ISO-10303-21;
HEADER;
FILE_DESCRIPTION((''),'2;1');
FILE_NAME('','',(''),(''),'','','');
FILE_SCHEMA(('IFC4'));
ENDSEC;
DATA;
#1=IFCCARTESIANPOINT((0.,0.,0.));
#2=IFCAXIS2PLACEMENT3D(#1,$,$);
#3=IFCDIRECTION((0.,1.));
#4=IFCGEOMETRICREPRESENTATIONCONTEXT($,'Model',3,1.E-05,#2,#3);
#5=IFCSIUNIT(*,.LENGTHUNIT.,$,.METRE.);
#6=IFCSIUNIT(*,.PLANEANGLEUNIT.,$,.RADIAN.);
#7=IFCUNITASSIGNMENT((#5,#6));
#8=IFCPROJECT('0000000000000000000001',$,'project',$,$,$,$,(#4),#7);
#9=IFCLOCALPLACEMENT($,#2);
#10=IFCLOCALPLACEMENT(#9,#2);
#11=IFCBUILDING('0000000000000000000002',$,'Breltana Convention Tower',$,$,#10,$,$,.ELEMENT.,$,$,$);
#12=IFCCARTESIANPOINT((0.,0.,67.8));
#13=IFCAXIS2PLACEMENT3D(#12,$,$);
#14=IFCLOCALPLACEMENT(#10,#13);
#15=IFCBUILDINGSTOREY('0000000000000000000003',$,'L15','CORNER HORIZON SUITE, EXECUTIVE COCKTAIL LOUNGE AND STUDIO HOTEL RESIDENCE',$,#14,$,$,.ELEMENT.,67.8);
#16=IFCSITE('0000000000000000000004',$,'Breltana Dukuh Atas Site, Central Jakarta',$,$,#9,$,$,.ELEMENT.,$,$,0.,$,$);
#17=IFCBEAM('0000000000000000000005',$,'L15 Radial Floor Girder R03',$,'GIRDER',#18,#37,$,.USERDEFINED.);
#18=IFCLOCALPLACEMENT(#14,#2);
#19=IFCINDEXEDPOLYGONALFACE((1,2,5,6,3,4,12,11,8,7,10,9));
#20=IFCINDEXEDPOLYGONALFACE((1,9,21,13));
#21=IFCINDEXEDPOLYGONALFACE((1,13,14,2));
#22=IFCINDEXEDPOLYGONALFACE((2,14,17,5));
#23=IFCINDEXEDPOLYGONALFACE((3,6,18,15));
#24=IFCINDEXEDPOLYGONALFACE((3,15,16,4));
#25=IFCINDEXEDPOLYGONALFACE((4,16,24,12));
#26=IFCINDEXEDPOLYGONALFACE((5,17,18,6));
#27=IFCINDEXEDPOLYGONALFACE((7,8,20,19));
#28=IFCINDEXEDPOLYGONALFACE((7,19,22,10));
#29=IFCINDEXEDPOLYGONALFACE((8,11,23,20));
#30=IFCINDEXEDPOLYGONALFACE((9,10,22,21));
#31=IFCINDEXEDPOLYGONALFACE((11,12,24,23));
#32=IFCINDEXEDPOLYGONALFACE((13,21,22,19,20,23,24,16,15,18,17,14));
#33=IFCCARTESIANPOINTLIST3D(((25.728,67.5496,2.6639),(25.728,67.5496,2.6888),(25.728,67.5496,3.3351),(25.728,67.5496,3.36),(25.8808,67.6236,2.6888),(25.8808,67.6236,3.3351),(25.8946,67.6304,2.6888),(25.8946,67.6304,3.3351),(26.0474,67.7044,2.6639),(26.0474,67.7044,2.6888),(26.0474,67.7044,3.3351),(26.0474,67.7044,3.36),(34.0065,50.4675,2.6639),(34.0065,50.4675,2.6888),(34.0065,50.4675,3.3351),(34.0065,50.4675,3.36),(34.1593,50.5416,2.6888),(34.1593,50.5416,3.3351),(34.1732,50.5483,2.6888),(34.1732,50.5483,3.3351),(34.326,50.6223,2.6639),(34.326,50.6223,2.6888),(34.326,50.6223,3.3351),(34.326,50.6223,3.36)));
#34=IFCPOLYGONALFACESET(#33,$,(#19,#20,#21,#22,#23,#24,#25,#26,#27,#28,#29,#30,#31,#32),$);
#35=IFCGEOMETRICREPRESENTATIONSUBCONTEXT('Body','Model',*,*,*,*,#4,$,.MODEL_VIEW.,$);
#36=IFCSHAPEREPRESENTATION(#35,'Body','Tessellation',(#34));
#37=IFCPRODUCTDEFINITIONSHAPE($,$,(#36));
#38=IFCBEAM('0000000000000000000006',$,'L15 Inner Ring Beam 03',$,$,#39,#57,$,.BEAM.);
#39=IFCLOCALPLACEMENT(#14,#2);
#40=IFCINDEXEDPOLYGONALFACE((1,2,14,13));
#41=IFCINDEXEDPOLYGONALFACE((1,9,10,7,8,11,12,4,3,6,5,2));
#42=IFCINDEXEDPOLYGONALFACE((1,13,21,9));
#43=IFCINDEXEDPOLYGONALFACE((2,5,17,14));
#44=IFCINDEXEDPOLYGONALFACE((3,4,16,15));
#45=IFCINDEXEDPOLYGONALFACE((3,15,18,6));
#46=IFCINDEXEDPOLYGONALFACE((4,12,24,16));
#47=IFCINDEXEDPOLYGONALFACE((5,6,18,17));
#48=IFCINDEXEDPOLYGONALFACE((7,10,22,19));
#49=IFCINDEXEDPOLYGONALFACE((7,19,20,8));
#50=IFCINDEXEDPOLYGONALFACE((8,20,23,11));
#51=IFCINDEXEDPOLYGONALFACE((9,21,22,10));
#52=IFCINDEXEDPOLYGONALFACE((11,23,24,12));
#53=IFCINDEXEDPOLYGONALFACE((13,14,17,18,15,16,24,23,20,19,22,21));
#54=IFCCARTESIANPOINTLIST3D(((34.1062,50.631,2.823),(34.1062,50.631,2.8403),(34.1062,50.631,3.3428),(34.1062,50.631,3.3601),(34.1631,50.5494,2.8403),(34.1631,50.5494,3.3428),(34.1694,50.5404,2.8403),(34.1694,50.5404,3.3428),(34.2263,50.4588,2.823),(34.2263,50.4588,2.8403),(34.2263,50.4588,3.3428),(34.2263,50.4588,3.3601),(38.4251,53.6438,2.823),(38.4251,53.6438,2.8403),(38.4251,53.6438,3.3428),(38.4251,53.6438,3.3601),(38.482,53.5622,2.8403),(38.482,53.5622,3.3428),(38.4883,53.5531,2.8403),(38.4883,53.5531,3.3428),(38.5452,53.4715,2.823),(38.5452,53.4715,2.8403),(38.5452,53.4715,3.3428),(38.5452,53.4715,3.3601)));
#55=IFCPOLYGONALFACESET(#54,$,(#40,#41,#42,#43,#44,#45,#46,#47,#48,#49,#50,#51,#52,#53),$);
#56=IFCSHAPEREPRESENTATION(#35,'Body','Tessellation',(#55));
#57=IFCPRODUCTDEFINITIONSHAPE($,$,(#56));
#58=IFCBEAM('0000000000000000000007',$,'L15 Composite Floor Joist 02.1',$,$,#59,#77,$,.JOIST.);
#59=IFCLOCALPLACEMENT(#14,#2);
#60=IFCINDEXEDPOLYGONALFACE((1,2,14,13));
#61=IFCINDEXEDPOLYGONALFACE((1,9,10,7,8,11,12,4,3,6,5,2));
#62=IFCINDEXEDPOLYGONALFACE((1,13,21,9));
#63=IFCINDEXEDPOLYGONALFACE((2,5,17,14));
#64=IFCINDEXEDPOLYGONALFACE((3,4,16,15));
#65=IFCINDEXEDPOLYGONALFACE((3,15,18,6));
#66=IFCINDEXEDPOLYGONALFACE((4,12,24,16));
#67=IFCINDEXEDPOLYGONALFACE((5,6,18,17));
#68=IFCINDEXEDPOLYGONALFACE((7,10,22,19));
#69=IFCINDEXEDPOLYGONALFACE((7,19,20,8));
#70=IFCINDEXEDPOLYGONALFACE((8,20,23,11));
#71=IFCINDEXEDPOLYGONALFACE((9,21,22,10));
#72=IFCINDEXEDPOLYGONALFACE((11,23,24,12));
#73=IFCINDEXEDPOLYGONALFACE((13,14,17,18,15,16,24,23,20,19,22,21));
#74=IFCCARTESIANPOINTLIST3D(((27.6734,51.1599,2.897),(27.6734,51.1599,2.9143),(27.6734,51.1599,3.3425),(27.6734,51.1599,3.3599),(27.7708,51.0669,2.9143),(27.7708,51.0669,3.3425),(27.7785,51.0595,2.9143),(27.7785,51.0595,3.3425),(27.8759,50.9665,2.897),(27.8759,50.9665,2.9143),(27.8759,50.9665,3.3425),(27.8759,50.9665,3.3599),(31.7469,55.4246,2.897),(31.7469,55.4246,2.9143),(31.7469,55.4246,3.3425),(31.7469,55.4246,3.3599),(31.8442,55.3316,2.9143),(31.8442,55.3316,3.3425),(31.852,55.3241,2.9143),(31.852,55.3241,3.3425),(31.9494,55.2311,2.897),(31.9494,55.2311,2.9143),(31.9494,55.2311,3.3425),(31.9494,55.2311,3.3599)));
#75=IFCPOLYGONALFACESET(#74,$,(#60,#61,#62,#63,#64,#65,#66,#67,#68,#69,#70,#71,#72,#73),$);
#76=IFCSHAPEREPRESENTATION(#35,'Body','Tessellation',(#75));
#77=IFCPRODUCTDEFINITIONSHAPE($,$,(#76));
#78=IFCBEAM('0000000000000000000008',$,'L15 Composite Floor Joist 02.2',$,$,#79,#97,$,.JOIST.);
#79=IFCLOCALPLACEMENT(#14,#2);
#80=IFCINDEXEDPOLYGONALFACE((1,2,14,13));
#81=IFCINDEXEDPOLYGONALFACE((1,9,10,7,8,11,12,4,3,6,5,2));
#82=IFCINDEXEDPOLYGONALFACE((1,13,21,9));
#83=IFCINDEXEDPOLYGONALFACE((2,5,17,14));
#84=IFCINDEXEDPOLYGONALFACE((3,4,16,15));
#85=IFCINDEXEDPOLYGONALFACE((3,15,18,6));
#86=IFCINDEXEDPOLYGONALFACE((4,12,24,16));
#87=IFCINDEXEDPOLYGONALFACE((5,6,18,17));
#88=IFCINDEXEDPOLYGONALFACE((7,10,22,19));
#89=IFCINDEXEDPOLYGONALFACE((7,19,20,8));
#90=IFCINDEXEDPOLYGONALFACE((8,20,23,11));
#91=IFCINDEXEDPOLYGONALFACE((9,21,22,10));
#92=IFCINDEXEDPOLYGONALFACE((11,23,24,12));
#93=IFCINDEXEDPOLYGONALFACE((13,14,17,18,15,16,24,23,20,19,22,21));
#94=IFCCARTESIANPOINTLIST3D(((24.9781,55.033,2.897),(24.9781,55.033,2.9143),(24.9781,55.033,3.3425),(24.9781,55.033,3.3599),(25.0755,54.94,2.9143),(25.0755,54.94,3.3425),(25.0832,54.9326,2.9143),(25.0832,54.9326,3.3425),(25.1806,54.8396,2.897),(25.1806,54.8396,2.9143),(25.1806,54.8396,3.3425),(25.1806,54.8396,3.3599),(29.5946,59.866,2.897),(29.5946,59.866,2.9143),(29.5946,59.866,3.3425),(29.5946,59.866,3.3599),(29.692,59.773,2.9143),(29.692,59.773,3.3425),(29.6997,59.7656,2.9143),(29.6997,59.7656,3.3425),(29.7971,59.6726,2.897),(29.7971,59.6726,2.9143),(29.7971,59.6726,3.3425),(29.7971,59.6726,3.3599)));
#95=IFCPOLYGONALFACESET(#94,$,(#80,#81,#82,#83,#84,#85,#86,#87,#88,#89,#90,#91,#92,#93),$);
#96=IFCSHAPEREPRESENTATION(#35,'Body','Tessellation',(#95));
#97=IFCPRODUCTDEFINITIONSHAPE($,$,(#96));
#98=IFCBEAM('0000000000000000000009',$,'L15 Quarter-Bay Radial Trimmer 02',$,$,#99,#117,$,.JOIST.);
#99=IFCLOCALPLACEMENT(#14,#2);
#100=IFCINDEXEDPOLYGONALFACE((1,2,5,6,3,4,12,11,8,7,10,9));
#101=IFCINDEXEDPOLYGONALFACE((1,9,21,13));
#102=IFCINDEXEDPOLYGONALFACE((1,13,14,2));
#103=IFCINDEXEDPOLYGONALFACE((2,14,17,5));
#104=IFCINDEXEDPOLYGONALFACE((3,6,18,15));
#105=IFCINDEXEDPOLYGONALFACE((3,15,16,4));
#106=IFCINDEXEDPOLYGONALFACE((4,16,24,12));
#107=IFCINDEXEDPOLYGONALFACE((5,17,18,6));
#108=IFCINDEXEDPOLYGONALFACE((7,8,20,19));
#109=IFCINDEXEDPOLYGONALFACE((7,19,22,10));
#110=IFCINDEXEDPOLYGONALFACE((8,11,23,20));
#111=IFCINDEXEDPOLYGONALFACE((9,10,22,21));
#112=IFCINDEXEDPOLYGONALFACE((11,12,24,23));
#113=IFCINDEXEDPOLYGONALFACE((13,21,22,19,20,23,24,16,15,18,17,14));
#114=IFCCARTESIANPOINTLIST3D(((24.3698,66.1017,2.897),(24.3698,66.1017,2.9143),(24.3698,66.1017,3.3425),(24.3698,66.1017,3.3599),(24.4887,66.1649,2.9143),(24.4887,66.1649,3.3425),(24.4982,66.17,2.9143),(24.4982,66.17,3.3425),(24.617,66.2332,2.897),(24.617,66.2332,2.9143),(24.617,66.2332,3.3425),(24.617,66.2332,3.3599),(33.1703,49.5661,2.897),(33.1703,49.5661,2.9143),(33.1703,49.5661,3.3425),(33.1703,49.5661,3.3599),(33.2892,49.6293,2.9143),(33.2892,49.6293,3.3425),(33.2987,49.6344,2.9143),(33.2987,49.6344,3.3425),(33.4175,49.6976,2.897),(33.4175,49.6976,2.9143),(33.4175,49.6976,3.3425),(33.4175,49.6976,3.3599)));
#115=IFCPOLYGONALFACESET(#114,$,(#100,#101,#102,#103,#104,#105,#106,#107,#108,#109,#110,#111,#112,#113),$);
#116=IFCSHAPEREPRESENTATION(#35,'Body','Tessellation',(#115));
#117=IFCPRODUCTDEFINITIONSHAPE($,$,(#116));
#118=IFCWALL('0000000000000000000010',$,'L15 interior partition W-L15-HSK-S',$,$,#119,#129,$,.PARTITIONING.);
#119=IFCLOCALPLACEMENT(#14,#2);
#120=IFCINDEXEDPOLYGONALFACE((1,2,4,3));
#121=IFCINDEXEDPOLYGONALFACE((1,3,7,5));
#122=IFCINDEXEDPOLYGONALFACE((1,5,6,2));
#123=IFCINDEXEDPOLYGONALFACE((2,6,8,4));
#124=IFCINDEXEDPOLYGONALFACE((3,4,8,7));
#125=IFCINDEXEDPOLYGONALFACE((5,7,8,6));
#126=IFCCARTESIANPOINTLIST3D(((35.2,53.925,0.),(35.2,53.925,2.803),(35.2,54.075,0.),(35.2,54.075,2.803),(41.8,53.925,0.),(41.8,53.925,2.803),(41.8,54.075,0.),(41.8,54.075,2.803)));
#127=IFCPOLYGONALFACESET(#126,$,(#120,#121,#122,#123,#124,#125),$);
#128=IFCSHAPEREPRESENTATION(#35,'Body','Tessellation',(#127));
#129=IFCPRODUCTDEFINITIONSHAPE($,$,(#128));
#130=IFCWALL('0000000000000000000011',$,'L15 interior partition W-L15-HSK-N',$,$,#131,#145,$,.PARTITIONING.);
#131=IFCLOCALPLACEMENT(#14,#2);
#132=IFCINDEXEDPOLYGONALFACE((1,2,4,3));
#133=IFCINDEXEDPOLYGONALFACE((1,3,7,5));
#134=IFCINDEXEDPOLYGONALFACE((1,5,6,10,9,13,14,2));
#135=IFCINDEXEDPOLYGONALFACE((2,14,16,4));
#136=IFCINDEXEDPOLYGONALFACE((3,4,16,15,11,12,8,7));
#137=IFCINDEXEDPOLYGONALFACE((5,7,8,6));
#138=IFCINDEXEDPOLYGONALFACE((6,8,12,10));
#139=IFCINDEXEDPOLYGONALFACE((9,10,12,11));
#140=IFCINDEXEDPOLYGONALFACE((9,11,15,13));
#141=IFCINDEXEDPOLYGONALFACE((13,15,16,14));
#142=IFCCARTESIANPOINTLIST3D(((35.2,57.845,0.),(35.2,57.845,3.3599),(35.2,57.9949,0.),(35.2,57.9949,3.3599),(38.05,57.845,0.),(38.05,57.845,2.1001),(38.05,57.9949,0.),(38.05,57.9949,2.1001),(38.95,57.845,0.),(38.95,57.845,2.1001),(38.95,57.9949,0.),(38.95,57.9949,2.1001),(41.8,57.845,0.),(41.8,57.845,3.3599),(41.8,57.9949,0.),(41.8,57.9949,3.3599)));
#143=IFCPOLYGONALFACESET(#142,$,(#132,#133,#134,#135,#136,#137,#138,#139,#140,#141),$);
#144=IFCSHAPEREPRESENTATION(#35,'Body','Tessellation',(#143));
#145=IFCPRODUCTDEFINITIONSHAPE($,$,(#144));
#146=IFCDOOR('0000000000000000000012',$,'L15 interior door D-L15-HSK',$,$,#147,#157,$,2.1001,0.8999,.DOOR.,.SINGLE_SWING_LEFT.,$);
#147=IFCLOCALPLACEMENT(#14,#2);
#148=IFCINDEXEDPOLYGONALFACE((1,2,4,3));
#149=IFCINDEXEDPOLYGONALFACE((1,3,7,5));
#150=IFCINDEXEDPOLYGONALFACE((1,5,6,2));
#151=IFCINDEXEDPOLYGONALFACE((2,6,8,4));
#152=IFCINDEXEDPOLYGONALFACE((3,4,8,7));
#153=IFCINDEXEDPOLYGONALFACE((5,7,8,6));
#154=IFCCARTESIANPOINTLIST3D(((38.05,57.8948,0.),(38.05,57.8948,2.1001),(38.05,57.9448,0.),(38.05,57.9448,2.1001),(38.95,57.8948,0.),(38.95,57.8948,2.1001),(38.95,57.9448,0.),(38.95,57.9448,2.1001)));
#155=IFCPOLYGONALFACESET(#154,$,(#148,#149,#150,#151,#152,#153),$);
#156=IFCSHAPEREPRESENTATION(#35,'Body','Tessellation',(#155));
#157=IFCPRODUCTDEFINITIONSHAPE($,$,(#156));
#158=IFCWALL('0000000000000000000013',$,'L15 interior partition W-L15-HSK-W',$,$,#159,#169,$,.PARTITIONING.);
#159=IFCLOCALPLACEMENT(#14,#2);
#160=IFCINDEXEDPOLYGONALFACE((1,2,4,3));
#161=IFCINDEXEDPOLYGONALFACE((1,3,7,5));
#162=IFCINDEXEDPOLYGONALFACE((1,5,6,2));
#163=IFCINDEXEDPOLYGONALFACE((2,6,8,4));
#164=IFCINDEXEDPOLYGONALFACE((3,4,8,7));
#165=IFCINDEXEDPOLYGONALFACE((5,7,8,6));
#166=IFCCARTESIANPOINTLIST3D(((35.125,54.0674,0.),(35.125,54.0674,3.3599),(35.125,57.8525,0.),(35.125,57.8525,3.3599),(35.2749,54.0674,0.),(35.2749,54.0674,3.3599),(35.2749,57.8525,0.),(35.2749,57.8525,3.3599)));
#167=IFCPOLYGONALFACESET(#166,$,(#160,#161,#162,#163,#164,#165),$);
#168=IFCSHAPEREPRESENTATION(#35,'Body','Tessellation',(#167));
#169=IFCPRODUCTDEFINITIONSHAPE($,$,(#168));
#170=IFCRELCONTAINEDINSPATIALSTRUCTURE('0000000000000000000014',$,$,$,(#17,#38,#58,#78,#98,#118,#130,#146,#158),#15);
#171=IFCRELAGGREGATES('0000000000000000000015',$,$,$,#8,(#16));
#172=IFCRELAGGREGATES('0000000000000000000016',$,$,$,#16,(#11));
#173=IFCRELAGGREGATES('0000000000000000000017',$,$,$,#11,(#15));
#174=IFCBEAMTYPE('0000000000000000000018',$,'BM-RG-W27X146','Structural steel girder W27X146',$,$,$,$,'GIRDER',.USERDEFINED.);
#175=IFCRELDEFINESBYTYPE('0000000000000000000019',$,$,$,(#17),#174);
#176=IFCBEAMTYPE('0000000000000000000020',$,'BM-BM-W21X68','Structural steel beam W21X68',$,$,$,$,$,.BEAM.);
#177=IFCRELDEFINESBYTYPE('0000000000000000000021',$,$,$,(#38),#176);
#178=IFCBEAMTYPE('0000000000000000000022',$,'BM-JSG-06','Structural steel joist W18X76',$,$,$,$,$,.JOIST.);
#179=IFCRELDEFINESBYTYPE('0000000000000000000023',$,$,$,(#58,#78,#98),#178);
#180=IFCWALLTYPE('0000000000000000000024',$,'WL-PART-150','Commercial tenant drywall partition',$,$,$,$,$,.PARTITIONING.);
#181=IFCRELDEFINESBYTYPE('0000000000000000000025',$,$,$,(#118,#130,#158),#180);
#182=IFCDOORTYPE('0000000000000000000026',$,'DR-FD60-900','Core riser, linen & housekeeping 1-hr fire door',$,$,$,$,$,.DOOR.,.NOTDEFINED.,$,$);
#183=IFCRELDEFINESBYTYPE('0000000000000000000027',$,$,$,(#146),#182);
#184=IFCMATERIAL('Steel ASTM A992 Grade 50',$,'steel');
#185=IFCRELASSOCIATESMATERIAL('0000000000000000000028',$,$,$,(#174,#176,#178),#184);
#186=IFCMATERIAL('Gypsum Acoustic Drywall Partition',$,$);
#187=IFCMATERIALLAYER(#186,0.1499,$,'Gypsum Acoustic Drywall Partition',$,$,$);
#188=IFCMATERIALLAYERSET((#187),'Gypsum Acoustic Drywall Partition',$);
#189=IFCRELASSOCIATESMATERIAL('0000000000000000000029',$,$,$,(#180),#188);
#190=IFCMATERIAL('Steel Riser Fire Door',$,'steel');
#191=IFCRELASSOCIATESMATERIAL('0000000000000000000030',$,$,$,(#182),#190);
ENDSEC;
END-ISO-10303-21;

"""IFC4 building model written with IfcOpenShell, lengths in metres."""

from ifc_helpers import new_model, si_unit, direction, frame, frame_2d, origin, origin_2d, place, context, subcontext, project, spatial, rectangle, i_section, extrude, source, transform, mapped, material, layer, layer_set, material_profile, profile_set, type_object, type_shapes, element, fill, save


model = new_model("IFC4")

# Units and contexts
model_context = context("Model", 3, precision=1e-05, world=origin(), true_north=direction((0.0, 1.0)))
body_context = subcontext(model_context, "Body", "Model", "MODEL_VIEW")
ifc_project = project(units=[si_unit("LENGTHUNIT", "METRE"), si_unit("PLANEANGLEUNIT", "RADIAN")], contexts=[model_context])

# Site, building, storey
site_placement = place(None, origin())
site = spatial("IfcSite", under=ifc_project, at=site_placement, Name="Breltana Dukuh Atas Site, Central Jakarta", CompositionType="ELEMENT", RefElevation=0.0)
building_placement = place(site_placement, origin())
building = spatial("IfcBuilding", under=site, at=building_placement, Name="Breltana Convention Tower", CompositionType="ELEMENT")
storey_placement = place(building_placement, frame((0.0, 0.0, 67.8)))
storey = spatial("IfcBuildingStorey", under=building, at=storey_placement, Name="L15", Description="CORNER HORIZON SUITE, EXECUTIVE COCKTAIL LOUNGE AND STUDIO HOTEL RESIDENCE", CompositionType="ELEMENT", Elevation=67.8)

# Beams
ifc_material_1 = material(Name="Steel ASTM A992 Grade 50", Category="steel")
ifc_material_profile_1 = material_profile(ifc_material_1, i_section(OverallWidth=0.355, OverallDepth=0.696, WebThickness=0.0154, FlangeThickness=0.0249, at=origin_2d()), Name="W27X146")
ifc_profile_set_1 = profile_set([ifc_material_profile_1], Name="Steel ASTM A992 Grade 50")
beam_type_1 = type_object("IfcBeamType", Name="BM-RG-W27X146", Description="Structural steel girder W27X146", ElementType="GIRDER", PredefinedType="USERDEFINED", material=ifc_profile_set_1)
shared_shape_1 = source(origin(), body_context, "Body", "SweptSolid", [
    extrude(i_section(OverallWidth=0.355, OverallDepth=0.696, WebThickness=0.0154, FlangeThickness=0.0249, at=origin_2d()), origin(), (0.0, 0.0, 1.0), 18.9824),
])
beam_1_placement = place(storey_placement, frame((34.1663, 50.5449, 3.012), z_axis=(-0.436119, 0.899889, 0.0), x_axis=(-0.899889, -0.436119, 0.0)))
element("IfcBeam", 1, at=beam_1_placement, inside=storey, type_object=beam_type_1, Name="L15 Radial Floor Girder R03", ObjectType="GIRDER", PredefinedType="USERDEFINED", context=body_context, shape_type="MappedRepresentation", body=[
    mapped(shared_shape_1, transform((0.0, 0.0, 0.0), scale=1.0)),
])
ifc_material_profile_2 = material_profile(ifc_material_1, i_section(OverallWidth=0.21, OverallDepth=0.5371, WebThickness=0.011, FlangeThickness=0.0173, at=origin_2d()), Name="W21X68")
ifc_profile_set_2 = profile_set([ifc_material_profile_2], Name="Steel ASTM A992 Grade 50")
beam_type_2 = type_object("IfcBeamType", Name="BM-BM-W21X68", Description="Structural steel beam W21X68", PredefinedType="BEAM", material=ifc_profile_set_2)
shared_shape_2 = source(origin(), body_context, "Body", "SweptSolid", [
    extrude(i_section(OverallWidth=0.21, OverallDepth=0.5371, WebThickness=0.011, FlangeThickness=0.0173, at=origin_2d()), origin(), (0.0, 0.0, 1.0), 5.2659),
])
beam_2_placement = place(storey_placement, frame((34.1663, 50.5449, 3.0916), z_axis=(0.820167, 0.572124, 0.0), x_axis=(-0.572124, 0.820167, 0.0)))
element("IfcBeam", 2, at=beam_2_placement, inside=storey, type_object=beam_type_2, Name="L15 Inner Ring Beam 03", PredefinedType="BEAM", context=body_context, shape_type="MappedRepresentation", body=[
    mapped(shared_shape_2, transform((0.0, 0.0, 0.0), scale=1.0)),
])
ifc_material_profile_3 = material_profile(ifc_material_1, i_section(OverallWidth=0.28, OverallDepth=0.4629, WebThickness=0.0107, FlangeThickness=0.0173, at=origin_2d()), Name="W18X76")
ifc_profile_set_3 = profile_set([ifc_material_profile_3], Name="Steel ASTM A992 Grade 50")
beam_type_3 = type_object("IfcBeamType", Name="BM-JSG-06", Description="Structural steel joist W18X76", PredefinedType="JOIST", material=ifc_profile_set_3)
shared_shape_3 = source(origin(), body_context, "Body", "SweptSolid", [
    extrude(i_section(OverallWidth=0.28, OverallDepth=0.4629, WebThickness=0.0107, FlangeThickness=0.0173, at=origin_2d()), origin(), (0.0, 0.0, 1.0), 5.8975),
])
beam_3_placement = place(storey_placement, frame((27.7747, 51.0632, 3.1284), z_axis=(0.690714, 0.723128, 0.0), x_axis=(-0.723128, 0.690714, 0.0)))
element("IfcBeam", 3, at=beam_3_placement, inside=storey, type_object=beam_type_3, Name="L15 Composite Floor Joist 02.1", PredefinedType="JOIST", context=body_context, shape_type="MappedRepresentation", body=[
    mapped(shared_shape_3, transform((0.0, 0.0, 0.0), scale=1.0)),
])
shared_shape_4 = source(origin(), body_context, "Body", "SweptSolid", [
    extrude(i_section(OverallWidth=0.28, OverallDepth=0.4629, WebThickness=0.0107, FlangeThickness=0.0173, at=origin_2d()), origin(), (0.0, 0.0, 1.0), 6.6836),
])
beam_4_placement = place(storey_placement, frame((25.0793, 54.9363, 3.1284), z_axis=(0.690721, 0.723122, 0.0), x_axis=(-0.723122, 0.690721, 0.0)))
element("IfcBeam", 4, at=beam_4_placement, inside=storey, type_object=beam_type_3, Name="L15 Composite Floor Joist 02.2", PredefinedType="JOIST", context=body_context, shape_type="MappedRepresentation", body=[
    mapped(shared_shape_4, transform((0.0, 0.0, 0.0), scale=1.0)),
])
shared_shape_5 = source(origin(), body_context, "Body", "SweptSolid", [
    extrude(i_section(OverallWidth=0.28, OverallDepth=0.4629, WebThickness=0.0107, FlangeThickness=0.0173, at=origin_2d()), origin(), (0.0, 0.0, 1.0), 18.7317),
])
beam_5_placement = place(storey_placement, frame((33.2939, 49.6318, 3.1284), z_axis=(-0.46982, 0.882762, 0.0), x_axis=(-0.882762, -0.46982, 0.0)))
element("IfcBeam", 5, at=beam_5_placement, inside=storey, type_object=beam_type_3, Name="L15 Quarter-Bay Radial Trimmer 02", PredefinedType="JOIST", context=body_context, shape_type="MappedRepresentation", body=[
    mapped(shared_shape_5, transform((0.0, 0.0, 0.0), scale=1.0)),
])

# Wall
ifc_material_2 = material(Name="Gypsum Acoustic Drywall Partition")
ifc_layer_1 = layer(ifc_material_2, 0.1499, Name="Gypsum Acoustic Drywall Partition")
ifc_layer_set_1 = layer_set([ifc_layer_1], Name="Gypsum Acoustic Drywall Partition")
wall_type_1 = type_object("IfcWallType", Name="WL-PART-150", Description="Commercial tenant drywall partition", PredefinedType="PARTITIONING", material=ifc_layer_set_1)
shared_shape_6 = source(origin(), body_context, "Body", "SweptSolid", [
    extrude(rectangle(XDim=6.6001, YDim=0.1499, at=frame_2d((3.3, 0.0))), origin(), (0.0, 0.0, 1.0), 2.803),
])
wall_1_placement = place(storey_placement, frame((35.2, 54.0, 0.0), z_axis=(0.0, 0.0, 1.0), x_axis=(1.0, 0.0, 0.0)))
element("IfcWall", 6, at=wall_1_placement, inside=storey, type_object=wall_type_1, Name="L15 interior partition W-L15-HSK-S", PredefinedType="PARTITIONING", context=body_context, shape_type="MappedRepresentation", body=[
    mapped(shared_shape_6, transform((0.0, 0.0, 0.0), scale=1.0)),
])

# Wall, opening, door
shared_shape_7 = source(origin(), body_context, "Body", "SweptSolid", [
    extrude(rectangle(XDim=6.6001, YDim=0.1499, at=frame_2d((3.3, 0.0))), origin(), (0.0, 0.0, 1.0), 3.3599),
])
wall_2_placement = place(storey_placement, frame((35.2, 57.9199, 0.0), z_axis=(0.0, 0.0, 1.0), x_axis=(1.0, 0.0, 0.0)))
wall_2 = element("IfcWall", 7, at=wall_2_placement, inside=storey, type_object=wall_type_1, Name="L15 interior partition W-L15-HSK-N", PredefinedType="PARTITIONING", context=body_context, shape_type="MappedRepresentation", body=[
    mapped(shared_shape_7, transform((0.0, 0.0, 0.0), scale=1.0)),
])
opening_1_placement = place(wall_2_placement, frame((2.8501, 0.0, 0.0)))
opening_1 = element("IfcOpeningElement", 8, at=opening_1_placement, cuts=wall_2, PredefinedType="OPENING", context=body_context, shape_type="SweptSolid", body=[
    extrude(rectangle(XDim=0.8999, YDim=2.1001, at=frame_2d((0.45, 1.05))), frame((0.0, 0.085, 0.0), z_axis=(0.0, -1.0, 0.0), x_axis=(1.0, 0.0, 0.0)), (0.0, 0.0, 1.0), 0.1699),
])
ifc_material_3 = material(Name="Steel Riser Fire Door", Category="steel")
door_type_1 = type_object("IfcDoorType", Name="DR-FD60-900", Description="Core riser, linen & housekeeping 1-hr fire door", OperationType="NOTDEFINED", PredefinedType="DOOR", material=ifc_material_3)
shared_shape_8 = source(origin(), body_context, "Body", "SweptSolid", [
    extrude(rectangle(XDim=0.8999, YDim=2.1001, at=frame_2d((0.45, 1.05))), frame((0.0, 0.0249, 0.0), z_axis=(0.0, -1.0, 0.0), x_axis=(1.0, 0.0, 0.0)), (0.0, 0.0, 1.0), 0.05),
])
type_shapes(door_type_1, [shared_shape_8])
door_1_placement = place(opening_1_placement, origin())
door_1 = element("IfcDoor", 9, at=door_1_placement, inside=storey, type_object=door_type_1, Name="L15 interior door D-L15-HSK", OperationType="SINGLE_SWING_LEFT", OverallHeight=2.1001, OverallWidth=0.8999, PredefinedType="DOOR", context=body_context, shape_type="MappedRepresentation", body=[
    mapped(shared_shape_8, transform((0.0, 0.0, 0.0), scale=1.0)),
])
fill(opening_1, door_1)

# Wall
shared_shape_9 = source(origin(), body_context, "Body", "SweptSolid", [
    extrude(rectangle(XDim=3.7852, YDim=0.1499, at=frame_2d((1.8926, 0.0))), origin(), (0.0, 0.0, 1.0), 3.3599),
])
wall_3_placement = place(storey_placement, frame((35.2, 54.0674, 0.0), z_axis=(0.0, 0.0, 1.0), x_axis=(0.0, 1.0, 0.0)))
element("IfcWall", 10, at=wall_3_placement, inside=storey, type_object=wall_type_1, Name="L15 interior partition W-L15-HSK-W", PredefinedType="PARTITIONING", context=body_context, shape_type="MappedRepresentation", body=[
    mapped(shared_shape_9, transform((0.0, 0.0, 0.0), scale=1.0)),
])

save(model, "model.ifc")
